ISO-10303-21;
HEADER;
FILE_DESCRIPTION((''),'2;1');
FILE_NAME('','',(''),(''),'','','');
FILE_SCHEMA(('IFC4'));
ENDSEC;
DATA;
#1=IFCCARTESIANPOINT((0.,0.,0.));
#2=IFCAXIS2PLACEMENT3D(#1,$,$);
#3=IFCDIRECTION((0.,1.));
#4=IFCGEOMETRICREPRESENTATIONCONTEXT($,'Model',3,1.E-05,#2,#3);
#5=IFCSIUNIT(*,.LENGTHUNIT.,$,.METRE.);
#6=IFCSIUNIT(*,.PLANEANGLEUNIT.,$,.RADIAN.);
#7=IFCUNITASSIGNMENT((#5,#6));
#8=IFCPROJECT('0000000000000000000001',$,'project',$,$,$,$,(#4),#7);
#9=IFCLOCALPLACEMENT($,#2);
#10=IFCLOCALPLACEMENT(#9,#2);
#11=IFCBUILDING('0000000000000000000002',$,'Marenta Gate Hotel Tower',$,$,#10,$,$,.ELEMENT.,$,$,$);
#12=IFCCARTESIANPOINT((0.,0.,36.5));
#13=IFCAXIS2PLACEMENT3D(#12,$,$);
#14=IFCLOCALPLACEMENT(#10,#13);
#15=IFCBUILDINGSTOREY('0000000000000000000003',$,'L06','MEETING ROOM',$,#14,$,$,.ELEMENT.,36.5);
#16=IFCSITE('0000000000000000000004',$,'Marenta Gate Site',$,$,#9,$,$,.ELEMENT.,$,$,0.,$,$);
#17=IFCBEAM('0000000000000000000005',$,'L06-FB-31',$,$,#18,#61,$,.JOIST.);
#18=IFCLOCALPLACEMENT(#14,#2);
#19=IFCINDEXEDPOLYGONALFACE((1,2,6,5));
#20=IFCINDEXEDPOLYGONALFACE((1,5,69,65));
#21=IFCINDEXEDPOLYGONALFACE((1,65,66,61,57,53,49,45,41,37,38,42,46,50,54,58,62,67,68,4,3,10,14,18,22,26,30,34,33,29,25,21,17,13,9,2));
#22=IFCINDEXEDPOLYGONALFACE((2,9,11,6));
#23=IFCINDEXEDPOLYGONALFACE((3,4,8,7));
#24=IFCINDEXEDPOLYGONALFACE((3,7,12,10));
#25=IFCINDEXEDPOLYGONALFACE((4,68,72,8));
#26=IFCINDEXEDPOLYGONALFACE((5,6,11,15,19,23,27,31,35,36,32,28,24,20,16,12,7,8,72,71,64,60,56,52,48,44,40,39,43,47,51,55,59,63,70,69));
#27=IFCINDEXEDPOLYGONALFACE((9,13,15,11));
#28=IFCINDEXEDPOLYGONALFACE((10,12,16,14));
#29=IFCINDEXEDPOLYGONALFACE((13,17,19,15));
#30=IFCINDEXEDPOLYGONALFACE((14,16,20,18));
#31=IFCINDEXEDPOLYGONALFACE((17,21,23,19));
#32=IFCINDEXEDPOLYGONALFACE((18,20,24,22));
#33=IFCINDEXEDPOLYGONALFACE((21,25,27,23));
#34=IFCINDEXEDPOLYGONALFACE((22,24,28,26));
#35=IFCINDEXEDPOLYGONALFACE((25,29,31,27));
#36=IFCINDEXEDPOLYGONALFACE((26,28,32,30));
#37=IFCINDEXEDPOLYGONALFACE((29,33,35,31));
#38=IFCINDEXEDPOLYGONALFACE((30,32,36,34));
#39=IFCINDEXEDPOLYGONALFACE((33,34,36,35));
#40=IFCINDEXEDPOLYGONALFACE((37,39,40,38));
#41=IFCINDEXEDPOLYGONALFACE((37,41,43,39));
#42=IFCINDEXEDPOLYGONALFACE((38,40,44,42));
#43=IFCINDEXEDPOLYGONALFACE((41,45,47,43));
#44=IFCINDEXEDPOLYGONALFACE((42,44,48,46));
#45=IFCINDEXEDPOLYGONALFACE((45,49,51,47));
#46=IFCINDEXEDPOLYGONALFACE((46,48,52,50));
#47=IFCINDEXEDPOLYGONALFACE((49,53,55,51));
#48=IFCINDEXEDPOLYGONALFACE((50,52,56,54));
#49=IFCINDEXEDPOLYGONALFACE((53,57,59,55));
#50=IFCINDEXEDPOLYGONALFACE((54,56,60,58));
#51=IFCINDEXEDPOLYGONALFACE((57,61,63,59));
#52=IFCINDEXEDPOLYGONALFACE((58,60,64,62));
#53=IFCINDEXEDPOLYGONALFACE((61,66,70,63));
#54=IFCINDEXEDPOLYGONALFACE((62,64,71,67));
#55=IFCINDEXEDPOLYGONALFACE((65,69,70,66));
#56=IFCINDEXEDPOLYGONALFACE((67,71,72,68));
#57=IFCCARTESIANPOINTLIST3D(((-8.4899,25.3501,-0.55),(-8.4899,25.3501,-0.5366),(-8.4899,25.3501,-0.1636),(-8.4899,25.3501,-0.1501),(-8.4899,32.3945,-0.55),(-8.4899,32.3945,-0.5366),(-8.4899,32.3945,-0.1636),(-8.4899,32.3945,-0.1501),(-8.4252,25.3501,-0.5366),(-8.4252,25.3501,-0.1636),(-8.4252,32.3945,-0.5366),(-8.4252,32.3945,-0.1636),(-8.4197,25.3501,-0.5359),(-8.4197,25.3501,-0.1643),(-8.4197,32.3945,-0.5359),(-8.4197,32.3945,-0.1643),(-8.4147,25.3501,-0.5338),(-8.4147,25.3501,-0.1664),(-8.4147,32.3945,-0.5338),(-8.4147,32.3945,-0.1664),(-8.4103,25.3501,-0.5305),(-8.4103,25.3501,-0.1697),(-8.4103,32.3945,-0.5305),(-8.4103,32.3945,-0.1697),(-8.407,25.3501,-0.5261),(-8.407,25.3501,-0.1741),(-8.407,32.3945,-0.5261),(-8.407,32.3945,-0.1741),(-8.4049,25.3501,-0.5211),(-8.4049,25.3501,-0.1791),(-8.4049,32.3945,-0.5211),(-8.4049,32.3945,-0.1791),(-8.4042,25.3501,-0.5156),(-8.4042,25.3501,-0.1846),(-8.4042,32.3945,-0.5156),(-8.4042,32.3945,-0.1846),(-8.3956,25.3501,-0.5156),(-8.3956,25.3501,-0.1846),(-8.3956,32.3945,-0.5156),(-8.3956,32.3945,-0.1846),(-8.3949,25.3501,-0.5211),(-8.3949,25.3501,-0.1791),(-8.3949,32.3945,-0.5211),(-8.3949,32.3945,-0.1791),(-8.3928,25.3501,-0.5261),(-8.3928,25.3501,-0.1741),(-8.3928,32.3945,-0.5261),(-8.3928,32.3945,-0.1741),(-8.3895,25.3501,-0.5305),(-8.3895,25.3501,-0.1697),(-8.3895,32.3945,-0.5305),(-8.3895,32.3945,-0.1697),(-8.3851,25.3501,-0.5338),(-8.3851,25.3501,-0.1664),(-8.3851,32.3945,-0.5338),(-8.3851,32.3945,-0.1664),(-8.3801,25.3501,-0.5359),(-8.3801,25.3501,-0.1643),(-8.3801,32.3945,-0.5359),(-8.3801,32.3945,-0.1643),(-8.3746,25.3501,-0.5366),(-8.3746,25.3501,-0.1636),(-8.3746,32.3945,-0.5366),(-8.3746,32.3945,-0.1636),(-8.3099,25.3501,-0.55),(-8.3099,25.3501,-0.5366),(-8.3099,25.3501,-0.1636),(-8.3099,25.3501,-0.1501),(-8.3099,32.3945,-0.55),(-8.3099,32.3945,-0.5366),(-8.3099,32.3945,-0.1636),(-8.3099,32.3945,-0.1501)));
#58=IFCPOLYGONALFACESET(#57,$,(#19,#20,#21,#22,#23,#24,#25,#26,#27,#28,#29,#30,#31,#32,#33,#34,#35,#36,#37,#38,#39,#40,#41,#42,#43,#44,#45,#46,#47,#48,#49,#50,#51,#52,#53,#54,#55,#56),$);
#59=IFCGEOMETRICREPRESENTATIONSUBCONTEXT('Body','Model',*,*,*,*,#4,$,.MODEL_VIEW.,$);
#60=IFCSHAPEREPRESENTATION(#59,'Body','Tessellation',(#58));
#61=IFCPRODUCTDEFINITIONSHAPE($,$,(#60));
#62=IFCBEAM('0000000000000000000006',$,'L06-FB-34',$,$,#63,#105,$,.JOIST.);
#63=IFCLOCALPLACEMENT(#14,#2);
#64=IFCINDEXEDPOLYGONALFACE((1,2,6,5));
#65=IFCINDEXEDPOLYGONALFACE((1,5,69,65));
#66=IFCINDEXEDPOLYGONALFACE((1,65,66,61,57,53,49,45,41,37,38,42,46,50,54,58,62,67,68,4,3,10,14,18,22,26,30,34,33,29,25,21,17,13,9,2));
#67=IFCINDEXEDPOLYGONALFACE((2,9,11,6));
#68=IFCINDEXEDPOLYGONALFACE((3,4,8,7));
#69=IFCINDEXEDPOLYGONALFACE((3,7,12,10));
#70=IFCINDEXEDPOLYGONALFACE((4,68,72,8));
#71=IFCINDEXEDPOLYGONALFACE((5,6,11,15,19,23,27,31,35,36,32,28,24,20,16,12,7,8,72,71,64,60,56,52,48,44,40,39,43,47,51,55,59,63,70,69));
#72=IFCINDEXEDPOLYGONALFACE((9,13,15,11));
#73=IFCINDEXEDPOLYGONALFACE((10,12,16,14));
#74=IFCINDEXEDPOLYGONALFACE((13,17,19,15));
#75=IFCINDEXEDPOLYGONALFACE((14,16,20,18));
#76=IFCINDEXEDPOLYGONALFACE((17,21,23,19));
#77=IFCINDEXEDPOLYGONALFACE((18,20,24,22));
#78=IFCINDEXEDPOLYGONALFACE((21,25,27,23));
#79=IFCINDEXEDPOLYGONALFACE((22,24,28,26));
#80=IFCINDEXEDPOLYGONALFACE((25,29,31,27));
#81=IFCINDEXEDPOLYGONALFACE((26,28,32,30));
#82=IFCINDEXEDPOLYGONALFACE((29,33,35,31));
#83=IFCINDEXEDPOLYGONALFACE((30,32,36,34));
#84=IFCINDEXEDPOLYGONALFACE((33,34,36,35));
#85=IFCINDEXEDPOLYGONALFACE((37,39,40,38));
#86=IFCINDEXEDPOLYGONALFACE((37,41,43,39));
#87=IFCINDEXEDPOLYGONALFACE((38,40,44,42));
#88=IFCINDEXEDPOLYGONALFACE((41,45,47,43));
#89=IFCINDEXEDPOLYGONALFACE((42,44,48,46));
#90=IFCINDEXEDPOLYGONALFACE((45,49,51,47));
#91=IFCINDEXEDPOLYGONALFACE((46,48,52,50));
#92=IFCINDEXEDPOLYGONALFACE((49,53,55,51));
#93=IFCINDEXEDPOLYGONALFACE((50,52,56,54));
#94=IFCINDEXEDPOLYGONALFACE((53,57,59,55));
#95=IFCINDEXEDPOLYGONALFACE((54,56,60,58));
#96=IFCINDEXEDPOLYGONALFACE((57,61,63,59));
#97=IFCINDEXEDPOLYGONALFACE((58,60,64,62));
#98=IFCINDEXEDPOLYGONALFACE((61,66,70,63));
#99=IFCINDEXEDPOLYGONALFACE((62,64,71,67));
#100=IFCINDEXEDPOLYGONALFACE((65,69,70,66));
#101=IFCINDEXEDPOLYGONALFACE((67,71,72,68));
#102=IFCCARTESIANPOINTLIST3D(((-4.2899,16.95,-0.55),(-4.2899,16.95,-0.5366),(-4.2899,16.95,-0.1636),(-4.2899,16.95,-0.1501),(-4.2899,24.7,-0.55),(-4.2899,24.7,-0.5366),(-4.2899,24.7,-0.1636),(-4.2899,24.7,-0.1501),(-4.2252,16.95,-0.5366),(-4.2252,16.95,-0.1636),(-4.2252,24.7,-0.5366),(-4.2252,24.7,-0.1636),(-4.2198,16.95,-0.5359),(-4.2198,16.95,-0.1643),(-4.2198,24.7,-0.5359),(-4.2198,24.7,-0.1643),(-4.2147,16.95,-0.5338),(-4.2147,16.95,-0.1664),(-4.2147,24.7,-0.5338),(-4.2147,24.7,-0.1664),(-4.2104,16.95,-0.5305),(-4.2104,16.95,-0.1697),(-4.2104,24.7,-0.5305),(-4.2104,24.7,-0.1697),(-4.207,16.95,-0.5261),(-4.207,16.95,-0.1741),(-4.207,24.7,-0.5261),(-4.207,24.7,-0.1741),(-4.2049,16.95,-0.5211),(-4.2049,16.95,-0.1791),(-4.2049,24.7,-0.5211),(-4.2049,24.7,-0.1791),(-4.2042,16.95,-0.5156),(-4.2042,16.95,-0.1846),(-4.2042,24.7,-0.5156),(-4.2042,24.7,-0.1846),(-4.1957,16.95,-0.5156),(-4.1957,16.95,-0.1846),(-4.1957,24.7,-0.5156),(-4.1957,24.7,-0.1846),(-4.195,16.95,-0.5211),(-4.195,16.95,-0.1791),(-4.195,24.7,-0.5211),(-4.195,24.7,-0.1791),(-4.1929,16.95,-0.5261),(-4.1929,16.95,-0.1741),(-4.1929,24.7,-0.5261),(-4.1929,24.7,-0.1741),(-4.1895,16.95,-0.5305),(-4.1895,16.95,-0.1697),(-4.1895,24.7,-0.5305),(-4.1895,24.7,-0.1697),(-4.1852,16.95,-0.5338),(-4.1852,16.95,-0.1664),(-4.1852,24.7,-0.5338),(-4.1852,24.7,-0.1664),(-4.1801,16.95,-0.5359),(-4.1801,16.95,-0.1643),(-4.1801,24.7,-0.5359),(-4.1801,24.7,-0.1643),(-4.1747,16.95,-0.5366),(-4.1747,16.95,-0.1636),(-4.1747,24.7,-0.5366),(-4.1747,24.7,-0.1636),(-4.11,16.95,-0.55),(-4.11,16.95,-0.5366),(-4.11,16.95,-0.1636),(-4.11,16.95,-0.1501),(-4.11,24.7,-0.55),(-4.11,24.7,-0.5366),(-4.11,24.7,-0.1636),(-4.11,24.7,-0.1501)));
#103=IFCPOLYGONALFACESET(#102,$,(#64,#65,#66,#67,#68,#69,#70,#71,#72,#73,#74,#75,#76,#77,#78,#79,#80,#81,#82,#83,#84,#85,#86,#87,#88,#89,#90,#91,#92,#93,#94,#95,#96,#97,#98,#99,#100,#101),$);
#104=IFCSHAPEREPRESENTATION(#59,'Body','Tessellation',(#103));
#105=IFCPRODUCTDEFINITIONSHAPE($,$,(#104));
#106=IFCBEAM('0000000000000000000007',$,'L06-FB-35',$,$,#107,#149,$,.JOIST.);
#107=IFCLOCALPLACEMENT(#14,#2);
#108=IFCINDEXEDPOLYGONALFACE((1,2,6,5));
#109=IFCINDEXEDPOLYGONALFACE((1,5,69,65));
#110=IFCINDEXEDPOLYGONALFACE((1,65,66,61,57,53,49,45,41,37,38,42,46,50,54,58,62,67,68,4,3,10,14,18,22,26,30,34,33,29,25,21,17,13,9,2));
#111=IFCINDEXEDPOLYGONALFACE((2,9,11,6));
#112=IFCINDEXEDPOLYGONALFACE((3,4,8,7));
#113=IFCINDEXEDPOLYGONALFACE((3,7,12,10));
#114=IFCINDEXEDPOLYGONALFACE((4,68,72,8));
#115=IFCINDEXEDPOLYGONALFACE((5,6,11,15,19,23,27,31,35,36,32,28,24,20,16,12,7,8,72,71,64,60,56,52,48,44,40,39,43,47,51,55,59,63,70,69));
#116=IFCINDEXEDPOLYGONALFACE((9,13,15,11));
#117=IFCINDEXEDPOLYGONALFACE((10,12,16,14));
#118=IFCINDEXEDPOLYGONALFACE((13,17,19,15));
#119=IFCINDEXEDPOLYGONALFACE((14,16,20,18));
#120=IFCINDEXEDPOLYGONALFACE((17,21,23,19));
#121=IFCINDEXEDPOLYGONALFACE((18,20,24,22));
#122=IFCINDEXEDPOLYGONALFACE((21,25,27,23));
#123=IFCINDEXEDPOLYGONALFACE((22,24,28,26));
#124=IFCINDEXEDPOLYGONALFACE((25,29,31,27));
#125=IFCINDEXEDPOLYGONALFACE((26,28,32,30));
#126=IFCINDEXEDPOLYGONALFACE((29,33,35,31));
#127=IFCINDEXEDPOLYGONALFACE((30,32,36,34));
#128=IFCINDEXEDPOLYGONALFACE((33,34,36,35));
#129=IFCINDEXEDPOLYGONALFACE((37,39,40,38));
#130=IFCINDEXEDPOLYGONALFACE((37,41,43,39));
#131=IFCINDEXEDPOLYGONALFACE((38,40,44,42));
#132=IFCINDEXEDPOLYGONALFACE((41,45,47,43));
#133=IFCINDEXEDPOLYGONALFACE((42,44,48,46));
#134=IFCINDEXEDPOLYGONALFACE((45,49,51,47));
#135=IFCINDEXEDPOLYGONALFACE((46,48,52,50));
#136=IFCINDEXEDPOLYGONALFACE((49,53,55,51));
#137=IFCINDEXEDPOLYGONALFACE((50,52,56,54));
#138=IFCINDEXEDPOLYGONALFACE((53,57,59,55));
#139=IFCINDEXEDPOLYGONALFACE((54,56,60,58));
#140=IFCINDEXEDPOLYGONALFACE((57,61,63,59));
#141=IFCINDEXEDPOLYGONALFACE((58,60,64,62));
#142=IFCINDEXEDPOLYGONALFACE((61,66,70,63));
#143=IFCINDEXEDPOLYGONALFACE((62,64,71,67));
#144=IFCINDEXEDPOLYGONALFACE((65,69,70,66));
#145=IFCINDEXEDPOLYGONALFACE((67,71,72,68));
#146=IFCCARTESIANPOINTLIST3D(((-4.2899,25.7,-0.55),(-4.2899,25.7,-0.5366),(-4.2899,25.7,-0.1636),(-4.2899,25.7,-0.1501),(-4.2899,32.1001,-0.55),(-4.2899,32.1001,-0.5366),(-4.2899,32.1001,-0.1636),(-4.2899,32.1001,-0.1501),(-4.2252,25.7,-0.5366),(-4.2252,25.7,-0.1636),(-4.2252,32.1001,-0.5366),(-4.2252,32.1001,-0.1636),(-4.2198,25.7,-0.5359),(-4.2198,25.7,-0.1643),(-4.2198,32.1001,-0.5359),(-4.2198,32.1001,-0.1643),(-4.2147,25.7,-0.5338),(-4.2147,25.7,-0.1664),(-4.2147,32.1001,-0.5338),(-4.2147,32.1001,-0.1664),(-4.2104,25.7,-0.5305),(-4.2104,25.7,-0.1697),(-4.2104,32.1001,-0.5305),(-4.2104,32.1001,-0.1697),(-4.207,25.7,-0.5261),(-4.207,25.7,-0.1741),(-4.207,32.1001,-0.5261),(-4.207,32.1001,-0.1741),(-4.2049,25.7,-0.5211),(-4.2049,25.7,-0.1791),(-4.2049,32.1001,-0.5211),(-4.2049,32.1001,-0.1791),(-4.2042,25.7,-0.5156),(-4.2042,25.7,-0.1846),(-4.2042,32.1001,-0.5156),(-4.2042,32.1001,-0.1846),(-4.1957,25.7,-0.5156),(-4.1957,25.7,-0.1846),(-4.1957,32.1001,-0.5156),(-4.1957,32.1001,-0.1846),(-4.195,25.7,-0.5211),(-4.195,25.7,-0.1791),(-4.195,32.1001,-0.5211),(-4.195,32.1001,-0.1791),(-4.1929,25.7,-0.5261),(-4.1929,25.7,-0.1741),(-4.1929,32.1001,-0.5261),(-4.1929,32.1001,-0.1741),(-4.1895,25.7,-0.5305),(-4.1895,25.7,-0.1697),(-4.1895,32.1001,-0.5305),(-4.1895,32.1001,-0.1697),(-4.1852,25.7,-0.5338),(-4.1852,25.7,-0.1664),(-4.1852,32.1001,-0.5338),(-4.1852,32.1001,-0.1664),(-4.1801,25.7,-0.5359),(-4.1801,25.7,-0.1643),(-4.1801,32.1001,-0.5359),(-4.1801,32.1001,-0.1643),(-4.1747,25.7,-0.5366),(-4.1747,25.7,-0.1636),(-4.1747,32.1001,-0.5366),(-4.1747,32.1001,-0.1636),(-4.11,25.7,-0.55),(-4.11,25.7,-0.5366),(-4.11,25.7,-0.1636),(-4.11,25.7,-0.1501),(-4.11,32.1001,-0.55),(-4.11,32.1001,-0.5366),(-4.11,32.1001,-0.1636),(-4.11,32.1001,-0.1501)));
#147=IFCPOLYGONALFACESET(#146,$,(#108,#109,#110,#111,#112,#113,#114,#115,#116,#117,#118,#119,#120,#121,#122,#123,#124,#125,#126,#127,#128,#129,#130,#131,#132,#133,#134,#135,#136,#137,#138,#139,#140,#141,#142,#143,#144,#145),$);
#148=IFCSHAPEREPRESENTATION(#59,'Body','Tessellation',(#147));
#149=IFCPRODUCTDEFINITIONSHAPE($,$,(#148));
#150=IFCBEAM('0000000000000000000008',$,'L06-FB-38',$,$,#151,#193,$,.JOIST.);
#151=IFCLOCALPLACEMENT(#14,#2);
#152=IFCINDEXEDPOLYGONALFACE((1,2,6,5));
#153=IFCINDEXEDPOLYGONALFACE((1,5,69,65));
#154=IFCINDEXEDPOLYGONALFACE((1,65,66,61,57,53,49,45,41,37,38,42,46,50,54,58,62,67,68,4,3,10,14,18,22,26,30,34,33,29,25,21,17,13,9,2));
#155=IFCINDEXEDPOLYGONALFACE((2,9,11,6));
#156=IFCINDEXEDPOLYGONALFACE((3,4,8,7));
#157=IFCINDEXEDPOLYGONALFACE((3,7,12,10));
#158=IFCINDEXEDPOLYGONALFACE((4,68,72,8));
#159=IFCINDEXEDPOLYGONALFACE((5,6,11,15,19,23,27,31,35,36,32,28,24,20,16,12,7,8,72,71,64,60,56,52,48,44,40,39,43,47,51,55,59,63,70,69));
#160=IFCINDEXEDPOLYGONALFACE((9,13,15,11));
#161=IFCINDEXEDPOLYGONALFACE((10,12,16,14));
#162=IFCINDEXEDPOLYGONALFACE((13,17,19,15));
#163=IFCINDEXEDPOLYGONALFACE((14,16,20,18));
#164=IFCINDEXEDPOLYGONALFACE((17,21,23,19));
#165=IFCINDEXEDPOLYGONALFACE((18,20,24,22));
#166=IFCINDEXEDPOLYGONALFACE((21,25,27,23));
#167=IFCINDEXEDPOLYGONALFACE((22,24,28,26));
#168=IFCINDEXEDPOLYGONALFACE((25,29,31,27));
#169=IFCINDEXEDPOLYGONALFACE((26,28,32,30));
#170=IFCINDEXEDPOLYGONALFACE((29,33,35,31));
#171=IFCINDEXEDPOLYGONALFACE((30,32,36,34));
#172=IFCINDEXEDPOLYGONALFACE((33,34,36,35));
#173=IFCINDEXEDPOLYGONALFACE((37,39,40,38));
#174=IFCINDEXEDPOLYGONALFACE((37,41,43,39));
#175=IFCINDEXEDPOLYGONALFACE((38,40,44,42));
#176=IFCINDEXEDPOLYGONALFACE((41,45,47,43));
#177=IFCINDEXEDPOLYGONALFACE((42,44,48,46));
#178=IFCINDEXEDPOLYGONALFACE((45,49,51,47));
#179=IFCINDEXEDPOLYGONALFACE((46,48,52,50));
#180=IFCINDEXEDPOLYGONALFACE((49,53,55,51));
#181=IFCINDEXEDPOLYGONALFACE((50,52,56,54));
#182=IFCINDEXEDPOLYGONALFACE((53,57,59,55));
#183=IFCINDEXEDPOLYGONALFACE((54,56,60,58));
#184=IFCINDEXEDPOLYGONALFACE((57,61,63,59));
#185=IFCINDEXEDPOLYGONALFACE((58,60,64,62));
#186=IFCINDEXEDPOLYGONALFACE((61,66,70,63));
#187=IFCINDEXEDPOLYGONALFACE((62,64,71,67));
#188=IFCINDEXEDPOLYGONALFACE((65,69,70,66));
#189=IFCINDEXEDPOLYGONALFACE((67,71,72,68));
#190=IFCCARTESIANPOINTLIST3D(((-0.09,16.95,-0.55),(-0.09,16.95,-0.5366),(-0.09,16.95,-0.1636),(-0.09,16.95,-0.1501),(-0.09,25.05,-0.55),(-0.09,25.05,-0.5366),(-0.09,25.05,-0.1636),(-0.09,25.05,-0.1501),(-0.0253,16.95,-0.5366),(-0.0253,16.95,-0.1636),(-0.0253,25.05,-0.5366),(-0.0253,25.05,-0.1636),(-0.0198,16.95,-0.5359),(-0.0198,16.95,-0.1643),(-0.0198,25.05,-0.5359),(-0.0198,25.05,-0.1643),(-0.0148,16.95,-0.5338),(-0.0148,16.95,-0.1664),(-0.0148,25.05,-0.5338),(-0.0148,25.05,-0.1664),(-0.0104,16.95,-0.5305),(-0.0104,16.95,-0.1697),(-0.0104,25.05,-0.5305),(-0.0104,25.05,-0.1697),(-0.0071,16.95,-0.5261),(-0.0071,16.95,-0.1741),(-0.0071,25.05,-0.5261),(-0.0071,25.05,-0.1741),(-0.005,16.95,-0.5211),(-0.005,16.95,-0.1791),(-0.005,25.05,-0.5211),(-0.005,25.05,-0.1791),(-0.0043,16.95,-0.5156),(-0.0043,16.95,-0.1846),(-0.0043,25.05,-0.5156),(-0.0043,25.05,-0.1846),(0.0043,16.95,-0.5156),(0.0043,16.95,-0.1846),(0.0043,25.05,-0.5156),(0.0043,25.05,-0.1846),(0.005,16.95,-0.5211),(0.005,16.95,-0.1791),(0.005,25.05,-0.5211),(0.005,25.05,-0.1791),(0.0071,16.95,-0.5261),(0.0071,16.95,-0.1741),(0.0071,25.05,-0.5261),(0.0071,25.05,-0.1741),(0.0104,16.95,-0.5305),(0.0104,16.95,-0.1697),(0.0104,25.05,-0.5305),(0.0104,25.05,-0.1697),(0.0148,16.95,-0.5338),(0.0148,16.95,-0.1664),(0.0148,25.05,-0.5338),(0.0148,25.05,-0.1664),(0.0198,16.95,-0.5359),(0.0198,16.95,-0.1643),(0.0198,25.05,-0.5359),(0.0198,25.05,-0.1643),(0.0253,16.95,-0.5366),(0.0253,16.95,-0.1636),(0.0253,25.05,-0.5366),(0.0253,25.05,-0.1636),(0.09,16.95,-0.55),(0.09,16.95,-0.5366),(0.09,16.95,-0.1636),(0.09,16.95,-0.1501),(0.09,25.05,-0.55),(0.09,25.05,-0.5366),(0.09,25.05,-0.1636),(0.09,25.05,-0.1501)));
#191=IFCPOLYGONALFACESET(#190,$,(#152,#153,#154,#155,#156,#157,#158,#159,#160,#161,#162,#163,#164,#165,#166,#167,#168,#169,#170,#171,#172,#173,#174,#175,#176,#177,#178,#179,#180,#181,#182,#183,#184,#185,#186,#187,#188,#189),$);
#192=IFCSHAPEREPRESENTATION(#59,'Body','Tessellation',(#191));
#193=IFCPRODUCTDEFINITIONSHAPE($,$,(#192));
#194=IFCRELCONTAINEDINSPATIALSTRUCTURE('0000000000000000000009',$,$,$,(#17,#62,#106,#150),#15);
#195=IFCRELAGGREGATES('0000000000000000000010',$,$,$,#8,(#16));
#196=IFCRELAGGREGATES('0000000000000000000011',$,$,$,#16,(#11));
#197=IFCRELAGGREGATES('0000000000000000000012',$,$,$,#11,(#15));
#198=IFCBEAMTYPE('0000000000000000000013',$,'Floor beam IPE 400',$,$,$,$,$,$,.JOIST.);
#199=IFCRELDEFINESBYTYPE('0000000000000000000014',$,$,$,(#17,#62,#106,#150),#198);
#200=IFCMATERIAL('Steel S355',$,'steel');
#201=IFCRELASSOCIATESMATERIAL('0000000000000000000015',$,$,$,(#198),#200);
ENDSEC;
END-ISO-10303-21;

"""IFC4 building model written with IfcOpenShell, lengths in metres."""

from ifc_helpers import new_model, si_unit, direction, frame, origin, origin_2d, place, context, subcontext, project, spatial, i_section, extrude, material, material_profile, profile_set, type_object, element, save


model = new_model("IFC4")

# Units and contexts
model_context = context("Model", 3, precision=1e-05, world=origin(), true_north=direction((0.0, 1.0)))
body_context = subcontext(model_context, "Body", "Model", "MODEL_VIEW")
ifc_project = project(units=[si_unit("LENGTHUNIT", "METRE"), si_unit("PLANEANGLEUNIT", "RADIAN")], contexts=[model_context])

# Site, building, storey
site_placement = place(None, origin())
site = spatial("IfcSite", under=ifc_project, at=site_placement, Name="Marenta Gate Site", CompositionType="ELEMENT", RefElevation=0.0)
building_placement = place(site_placement, origin())
building = spatial("IfcBuilding", under=site, at=building_placement, Name="Marenta Gate Hotel Tower", CompositionType="ELEMENT")
storey_placement = place(building_placement, frame((0.0, 0.0, 36.5)))
storey = spatial("IfcBuildingStorey", under=building, at=storey_placement, Name="L06", Description="MEETING ROOM", CompositionType="ELEMENT", Elevation=36.5)

# Beams
ifc_material_1 = material(Name="Steel S355", Category="steel")
ifc_material_profile_1 = material_profile(ifc_material_1, i_section(OverallWidth=0.1799, OverallDepth=0.3999, WebThickness=0.0085, FlangeThickness=0.0134, FilletRadius=0.021, at=origin_2d()), Name="IPE 400")
ifc_profile_set_1 = profile_set([ifc_material_profile_1], Name="Steel S355")
beam_type_1 = type_object("IfcBeamType", Name="Floor beam IPE 400", PredefinedType="JOIST", material=ifc_profile_set_1)
beam_1_placement = place(storey_placement, frame((-8.3999, 25.3501, -0.3501), z_axis=(0.0, 1.0, 0.0), x_axis=(-1.0, 0.0, 0.0)))
element("IfcBeam", 1, at=beam_1_placement, inside=storey, type_object=beam_type_1, Name="L06-FB-31", PredefinedType="JOIST", context=body_context, shape_type="SweptSolid", body=[
    extrude(i_section(OverallWidth=0.1799, OverallDepth=0.3999, WebThickness=0.0085, FlangeThickness=0.0134, FilletRadius=0.021, at=origin_2d()), origin(), (0.0, 0.0, 1.0), 7.0444),
])
beam_2_placement = place(storey_placement, frame((-4.2, 16.95, -0.3501), z_axis=(0.0, 1.0, 0.0), x_axis=(-1.0, 0.0, 0.0)))
element("IfcBeam", 2, at=beam_2_placement, inside=storey, type_object=beam_type_1, Name="L06-FB-34", PredefinedType="JOIST", context=body_context, shape_type="SweptSolid", body=[
    extrude(i_section(OverallWidth=0.1799, OverallDepth=0.3999, WebThickness=0.0085, FlangeThickness=0.0134, FilletRadius=0.021, at=origin_2d()), origin(), (0.0, 0.0, 1.0), 7.75),
])
beam_3_placement = place(storey_placement, frame((-4.2, 25.7, -0.3501), z_axis=(0.0, 1.0, 0.0), x_axis=(-1.0, 0.0, 0.0)))
element("IfcBeam", 3, at=beam_3_placement, inside=storey, type_object=beam_type_1, Name="L06-FB-35", PredefinedType="JOIST", context=body_context, shape_type="SweptSolid", body=[
    extrude(i_section(OverallWidth=0.1799, OverallDepth=0.3999, WebThickness=0.0085, FlangeThickness=0.0134, FilletRadius=0.021, at=origin_2d()), origin(), (0.0, 0.0, 1.0), 6.4001),
])
beam_4_placement = place(storey_placement, frame((0.0, 16.95, -0.3501), z_axis=(0.0, 1.0, 0.0), x_axis=(-1.0, 0.0, 0.0)))
element("IfcBeam", 4, at=beam_4_placement, inside=storey, type_object=beam_type_1, Name="L06-FB-38", PredefinedType="JOIST", context=body_context, shape_type="SweptSolid", body=[
    extrude(i_section(OverallWidth=0.1799, OverallDepth=0.3999, WebThickness=0.0085, FlangeThickness=0.0134, FilletRadius=0.021, at=origin_2d()), origin(), (0.0, 0.0, 1.0), 8.1001),
])

save(model, "model.ifc")
